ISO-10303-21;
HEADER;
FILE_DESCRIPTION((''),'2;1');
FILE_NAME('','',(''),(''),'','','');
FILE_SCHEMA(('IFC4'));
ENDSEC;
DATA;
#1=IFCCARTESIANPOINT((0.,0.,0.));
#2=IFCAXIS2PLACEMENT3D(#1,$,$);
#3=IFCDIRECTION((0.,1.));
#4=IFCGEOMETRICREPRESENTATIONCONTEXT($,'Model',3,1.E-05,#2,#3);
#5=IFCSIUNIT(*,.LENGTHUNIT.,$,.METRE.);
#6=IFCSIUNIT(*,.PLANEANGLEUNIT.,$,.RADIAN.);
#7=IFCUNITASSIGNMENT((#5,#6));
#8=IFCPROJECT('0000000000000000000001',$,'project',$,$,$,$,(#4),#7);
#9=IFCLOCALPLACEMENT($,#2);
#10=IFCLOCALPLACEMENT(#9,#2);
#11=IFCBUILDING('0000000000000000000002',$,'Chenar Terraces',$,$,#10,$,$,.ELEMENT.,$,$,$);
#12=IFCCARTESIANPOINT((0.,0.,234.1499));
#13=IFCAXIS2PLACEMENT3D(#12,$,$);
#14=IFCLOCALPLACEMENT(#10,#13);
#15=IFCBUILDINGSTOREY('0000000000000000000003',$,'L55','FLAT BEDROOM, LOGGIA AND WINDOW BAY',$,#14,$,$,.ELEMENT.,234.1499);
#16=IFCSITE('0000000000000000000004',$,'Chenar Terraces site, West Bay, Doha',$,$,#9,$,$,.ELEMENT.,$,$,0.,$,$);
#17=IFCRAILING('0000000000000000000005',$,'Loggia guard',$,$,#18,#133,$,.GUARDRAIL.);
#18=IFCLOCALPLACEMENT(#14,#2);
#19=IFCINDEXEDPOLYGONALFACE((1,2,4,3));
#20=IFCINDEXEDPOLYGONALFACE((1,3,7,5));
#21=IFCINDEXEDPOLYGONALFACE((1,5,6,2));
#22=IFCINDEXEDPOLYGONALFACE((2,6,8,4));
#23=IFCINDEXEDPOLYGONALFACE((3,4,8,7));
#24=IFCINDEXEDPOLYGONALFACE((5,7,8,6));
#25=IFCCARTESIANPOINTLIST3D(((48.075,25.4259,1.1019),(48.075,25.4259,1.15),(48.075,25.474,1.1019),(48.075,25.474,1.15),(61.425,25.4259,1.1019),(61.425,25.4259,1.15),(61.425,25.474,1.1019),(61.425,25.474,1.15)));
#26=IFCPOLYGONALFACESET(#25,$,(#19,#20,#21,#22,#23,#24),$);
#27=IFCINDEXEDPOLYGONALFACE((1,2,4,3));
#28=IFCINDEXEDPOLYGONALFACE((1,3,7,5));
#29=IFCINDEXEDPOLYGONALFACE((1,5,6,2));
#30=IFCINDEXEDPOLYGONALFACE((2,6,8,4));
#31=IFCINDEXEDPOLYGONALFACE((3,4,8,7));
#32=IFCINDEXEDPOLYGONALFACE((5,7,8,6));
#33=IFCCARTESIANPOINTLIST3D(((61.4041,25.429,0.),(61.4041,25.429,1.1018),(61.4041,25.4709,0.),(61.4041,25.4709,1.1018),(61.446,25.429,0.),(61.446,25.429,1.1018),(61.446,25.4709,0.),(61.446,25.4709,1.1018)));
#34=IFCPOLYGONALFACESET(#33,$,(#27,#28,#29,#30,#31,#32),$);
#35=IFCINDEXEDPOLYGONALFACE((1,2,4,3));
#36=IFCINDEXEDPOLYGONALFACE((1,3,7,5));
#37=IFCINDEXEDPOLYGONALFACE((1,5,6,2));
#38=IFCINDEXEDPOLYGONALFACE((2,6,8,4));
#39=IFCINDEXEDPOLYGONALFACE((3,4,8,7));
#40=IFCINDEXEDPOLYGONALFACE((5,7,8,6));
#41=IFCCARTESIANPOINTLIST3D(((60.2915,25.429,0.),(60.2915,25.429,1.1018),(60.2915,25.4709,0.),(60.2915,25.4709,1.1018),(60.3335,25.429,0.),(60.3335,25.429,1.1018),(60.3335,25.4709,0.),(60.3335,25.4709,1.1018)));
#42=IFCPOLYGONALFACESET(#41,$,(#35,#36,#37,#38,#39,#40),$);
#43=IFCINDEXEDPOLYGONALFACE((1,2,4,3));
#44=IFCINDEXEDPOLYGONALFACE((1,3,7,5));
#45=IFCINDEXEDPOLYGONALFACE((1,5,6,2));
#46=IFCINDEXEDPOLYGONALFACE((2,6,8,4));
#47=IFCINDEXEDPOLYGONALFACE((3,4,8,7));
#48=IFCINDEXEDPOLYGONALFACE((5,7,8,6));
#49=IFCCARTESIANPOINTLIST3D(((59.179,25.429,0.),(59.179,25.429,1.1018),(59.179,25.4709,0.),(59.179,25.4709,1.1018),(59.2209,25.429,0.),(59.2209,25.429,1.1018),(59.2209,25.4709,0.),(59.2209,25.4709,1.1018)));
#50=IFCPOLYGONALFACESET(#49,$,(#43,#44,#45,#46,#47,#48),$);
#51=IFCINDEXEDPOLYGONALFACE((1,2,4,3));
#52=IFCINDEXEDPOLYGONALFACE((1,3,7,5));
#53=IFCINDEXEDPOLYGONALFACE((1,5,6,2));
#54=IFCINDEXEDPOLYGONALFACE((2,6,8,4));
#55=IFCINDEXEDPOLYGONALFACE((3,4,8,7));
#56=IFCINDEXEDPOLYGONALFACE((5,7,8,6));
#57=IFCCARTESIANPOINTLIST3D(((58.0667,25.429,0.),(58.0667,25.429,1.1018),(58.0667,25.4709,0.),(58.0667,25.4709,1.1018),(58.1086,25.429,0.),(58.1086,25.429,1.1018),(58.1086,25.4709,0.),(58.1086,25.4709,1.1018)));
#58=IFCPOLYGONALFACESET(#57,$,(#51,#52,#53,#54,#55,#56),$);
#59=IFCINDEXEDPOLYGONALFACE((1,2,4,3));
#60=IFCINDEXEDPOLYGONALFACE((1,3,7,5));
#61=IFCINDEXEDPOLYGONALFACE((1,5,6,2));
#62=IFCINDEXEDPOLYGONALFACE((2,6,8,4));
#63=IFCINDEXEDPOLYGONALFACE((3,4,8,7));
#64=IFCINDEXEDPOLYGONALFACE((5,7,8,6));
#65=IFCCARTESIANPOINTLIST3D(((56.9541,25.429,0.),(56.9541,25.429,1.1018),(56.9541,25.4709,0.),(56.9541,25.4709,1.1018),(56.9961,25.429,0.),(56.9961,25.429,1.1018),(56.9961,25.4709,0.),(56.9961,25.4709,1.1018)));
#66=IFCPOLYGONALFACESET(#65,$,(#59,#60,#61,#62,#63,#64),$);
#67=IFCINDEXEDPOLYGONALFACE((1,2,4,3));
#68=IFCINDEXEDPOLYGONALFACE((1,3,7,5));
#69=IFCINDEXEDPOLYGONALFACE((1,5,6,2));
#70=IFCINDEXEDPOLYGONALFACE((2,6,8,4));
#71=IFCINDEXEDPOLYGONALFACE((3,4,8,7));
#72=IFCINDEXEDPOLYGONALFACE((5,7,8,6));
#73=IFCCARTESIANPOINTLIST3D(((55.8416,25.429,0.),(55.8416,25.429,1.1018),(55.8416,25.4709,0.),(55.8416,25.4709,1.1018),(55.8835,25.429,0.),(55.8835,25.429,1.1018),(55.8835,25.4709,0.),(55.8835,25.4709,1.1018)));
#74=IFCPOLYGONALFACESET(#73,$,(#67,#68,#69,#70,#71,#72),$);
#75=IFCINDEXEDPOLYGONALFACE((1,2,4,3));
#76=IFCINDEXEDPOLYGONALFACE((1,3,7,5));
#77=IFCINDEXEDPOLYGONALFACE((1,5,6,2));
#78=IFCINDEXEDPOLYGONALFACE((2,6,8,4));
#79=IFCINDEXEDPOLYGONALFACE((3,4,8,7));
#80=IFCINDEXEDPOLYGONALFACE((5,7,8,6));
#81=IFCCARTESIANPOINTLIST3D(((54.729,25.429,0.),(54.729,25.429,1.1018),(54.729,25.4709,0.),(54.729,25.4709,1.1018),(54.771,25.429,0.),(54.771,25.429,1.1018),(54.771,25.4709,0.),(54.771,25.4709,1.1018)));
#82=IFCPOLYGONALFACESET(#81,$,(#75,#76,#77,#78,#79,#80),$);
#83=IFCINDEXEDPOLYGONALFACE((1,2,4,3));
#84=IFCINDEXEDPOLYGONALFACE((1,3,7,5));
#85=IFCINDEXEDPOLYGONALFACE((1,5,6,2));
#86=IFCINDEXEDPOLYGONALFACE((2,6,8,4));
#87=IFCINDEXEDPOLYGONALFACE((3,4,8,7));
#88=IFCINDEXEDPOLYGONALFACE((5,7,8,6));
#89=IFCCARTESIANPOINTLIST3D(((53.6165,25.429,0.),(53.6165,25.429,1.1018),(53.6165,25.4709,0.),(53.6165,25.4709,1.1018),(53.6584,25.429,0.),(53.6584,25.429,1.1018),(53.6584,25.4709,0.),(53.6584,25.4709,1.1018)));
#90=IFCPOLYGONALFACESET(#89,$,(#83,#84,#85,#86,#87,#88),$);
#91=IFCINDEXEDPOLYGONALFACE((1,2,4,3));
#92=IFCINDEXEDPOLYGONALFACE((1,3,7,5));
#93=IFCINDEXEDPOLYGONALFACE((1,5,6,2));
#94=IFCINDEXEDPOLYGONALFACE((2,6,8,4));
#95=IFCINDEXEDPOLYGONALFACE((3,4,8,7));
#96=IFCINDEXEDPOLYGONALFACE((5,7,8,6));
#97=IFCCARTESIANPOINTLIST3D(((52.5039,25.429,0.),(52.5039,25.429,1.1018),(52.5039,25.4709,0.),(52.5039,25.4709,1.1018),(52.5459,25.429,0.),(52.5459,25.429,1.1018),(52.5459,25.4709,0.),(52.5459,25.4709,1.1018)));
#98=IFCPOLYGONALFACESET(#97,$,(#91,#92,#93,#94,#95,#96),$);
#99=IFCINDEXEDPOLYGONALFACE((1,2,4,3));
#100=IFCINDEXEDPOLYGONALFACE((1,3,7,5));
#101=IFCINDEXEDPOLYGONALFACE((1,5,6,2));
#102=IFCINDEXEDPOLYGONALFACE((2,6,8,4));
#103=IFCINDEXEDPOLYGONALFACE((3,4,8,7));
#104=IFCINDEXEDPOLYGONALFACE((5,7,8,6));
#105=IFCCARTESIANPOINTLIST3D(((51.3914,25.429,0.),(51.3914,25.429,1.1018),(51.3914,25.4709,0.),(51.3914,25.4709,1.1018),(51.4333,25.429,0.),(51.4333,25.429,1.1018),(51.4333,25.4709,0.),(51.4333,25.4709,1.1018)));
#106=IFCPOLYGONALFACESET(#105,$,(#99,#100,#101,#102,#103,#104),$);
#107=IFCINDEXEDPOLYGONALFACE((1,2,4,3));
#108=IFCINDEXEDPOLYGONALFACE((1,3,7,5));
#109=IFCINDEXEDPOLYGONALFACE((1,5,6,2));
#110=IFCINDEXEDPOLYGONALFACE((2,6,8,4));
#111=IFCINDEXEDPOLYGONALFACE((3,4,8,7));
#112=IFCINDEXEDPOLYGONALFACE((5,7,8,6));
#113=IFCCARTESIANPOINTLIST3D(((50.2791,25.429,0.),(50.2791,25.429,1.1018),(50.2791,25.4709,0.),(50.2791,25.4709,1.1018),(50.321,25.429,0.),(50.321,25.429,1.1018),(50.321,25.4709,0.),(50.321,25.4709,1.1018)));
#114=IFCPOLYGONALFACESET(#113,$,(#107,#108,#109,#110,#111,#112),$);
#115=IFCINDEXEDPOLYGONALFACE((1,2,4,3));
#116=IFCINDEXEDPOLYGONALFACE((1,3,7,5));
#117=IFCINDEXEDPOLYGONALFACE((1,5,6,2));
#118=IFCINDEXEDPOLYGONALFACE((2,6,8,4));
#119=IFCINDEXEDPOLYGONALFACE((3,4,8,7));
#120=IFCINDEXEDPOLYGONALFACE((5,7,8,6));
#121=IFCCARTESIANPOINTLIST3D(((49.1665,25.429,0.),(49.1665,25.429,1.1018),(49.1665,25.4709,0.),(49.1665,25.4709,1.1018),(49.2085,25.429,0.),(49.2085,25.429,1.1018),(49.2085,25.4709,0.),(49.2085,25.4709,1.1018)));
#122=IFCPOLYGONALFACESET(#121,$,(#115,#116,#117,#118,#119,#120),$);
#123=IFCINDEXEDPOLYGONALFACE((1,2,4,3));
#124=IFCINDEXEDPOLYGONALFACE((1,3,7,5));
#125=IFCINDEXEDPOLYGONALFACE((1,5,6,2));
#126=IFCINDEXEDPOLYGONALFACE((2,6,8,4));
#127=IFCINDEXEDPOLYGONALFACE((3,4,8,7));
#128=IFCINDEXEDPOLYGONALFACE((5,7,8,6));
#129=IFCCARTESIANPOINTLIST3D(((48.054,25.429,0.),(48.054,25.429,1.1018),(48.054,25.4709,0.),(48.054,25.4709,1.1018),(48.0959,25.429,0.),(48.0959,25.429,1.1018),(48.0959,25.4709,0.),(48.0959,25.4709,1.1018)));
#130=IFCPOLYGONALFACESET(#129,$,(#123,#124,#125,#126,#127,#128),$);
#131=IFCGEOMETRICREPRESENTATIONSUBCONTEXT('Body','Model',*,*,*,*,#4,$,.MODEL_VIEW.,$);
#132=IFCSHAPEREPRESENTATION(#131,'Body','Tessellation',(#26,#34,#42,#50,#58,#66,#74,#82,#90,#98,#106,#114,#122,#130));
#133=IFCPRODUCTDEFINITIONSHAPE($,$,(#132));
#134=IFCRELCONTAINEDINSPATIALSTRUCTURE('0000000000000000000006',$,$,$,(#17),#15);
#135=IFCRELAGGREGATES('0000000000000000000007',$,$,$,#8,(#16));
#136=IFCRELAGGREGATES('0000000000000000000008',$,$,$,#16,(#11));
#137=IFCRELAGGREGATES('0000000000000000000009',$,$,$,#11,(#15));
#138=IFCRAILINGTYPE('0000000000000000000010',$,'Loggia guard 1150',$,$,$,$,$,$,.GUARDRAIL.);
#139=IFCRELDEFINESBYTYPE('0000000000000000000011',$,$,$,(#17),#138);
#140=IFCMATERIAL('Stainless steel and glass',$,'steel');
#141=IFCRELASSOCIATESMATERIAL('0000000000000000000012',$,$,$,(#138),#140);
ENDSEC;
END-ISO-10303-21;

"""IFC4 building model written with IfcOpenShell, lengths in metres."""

from ifc_helpers import new_model, si_unit, direction, frame, origin, origin_2d, place, context, subcontext, project, spatial, rectangle, extrude, material, type_object, element, save


model = new_model("IFC4")

# Units and contexts
model_context = context("Model", 3, precision=1e-05, world=origin(), true_north=direction((0.0, 1.0)))
body_context = subcontext(model_context, "Body", "Model", "MODEL_VIEW")
ifc_project = project(units=[si_unit("LENGTHUNIT", "METRE"), si_unit("PLANEANGLEUNIT", "RADIAN")], contexts=[model_context])

# Site, building, storey
site_placement = place(None, origin())
site = spatial("IfcSite", under=ifc_project, at=site_placement, Name="Chenar Terraces site, West Bay, Doha", CompositionType="ELEMENT", RefElevation=0.0)
building_placement = place(site_placement, origin())
building = spatial("IfcBuilding", under=site, at=building_placement, Name="Chenar Terraces", CompositionType="ELEMENT")
storey_placement = place(building_placement, frame((0.0, 0.0, 234.1499)))
storey = spatial("IfcBuildingStorey", under=building, at=storey_placement, Name="L55", Description="FLAT BEDROOM, LOGGIA AND WINDOW BAY", CompositionType="ELEMENT", Elevation=234.1499)

# Railing
ifc_material_1 = material(Name="Stainless steel and glass", Category="steel")
railing_type_1 = type_object("IfcRailingType", Name="Loggia guard 1150", PredefinedType="GUARDRAIL", material=ifc_material_1)
railing_1_placement = place(storey_placement, frame((61.425, 25.45, 0.0)))
element("IfcRailing", 1, at=railing_1_placement, inside=storey, type_object=railing_type_1, Name="Loggia guard", PredefinedType="GUARDRAIL", context=body_context, shape_type="SweptSolid", body=[
    extrude(rectangle(XDim=0.0481, YDim=0.0481, at=origin_2d()), frame((0.0, 0.0, 1.126), z_axis=(-1.0, 0.0, 0.0), x_axis=(0.0, -1.0, 0.0)), (0.0, 0.0, 1.0), 13.3501),
    extrude(rectangle(XDim=0.042, YDim=0.042, at=origin_2d()), origin(), (0.0, 0.0, 1.0), 1.1018),
    extrude(rectangle(XDim=0.042, YDim=0.042, at=origin_2d()), frame((-1.1125, 0.0, 0.0)), (0.0, 0.0, 1.0), 1.1018),
    extrude(rectangle(XDim=0.042, YDim=0.042, at=origin_2d()), frame((-2.2251, 0.0, 0.0)), (0.0, 0.0, 1.0), 1.1018),
    extrude(rectangle(XDim=0.042, YDim=0.042, at=origin_2d()), frame((-3.3374, 0.0, 0.0)), (0.0, 0.0, 1.0), 1.1018),
    extrude(rectangle(XDim=0.042, YDim=0.042, at=origin_2d()), frame((-4.45, 0.0, 0.0)), (0.0, 0.0, 1.0), 1.1018),
    extrude(rectangle(XDim=0.042, YDim=0.042, at=origin_2d()), frame((-5.5625, 0.0, 0.0)), (0.0, 0.0, 1.0), 1.1018),
    extrude(rectangle(XDim=0.042, YDim=0.042, at=origin_2d()), frame((-6.675, 0.0, 0.0)), (0.0, 0.0, 1.0), 1.1018),
    extrude(rectangle(XDim=0.042, YDim=0.042, at=origin_2d()), frame((-7.7876, 0.0, 0.0)), (0.0, 0.0, 1.0), 1.1018),
    extrude(rectangle(XDim=0.042, YDim=0.042, at=origin_2d()), frame((-8.9001, 0.0, 0.0)), (0.0, 0.0, 1.0), 1.1018),
    extrude(rectangle(XDim=0.042, YDim=0.042, at=origin_2d()), frame((-10.0127, 0.0, 0.0)), (0.0, 0.0, 1.0), 1.1018),
    extrude(rectangle(XDim=0.042, YDim=0.042, at=origin_2d()), frame((-11.125, 0.0, 0.0)), (0.0, 0.0, 1.0), 1.1018),
    extrude(rectangle(XDim=0.042, YDim=0.042, at=origin_2d()), frame((-12.2375, 0.0, 0.0)), (0.0, 0.0, 1.0), 1.1018),
    extrude(rectangle(XDim=0.042, YDim=0.042, at=origin_2d()), frame((-13.3501, 0.0, 0.0)), (0.0, 0.0, 1.0), 1.1018),
])

save(model, "model.ifc")
